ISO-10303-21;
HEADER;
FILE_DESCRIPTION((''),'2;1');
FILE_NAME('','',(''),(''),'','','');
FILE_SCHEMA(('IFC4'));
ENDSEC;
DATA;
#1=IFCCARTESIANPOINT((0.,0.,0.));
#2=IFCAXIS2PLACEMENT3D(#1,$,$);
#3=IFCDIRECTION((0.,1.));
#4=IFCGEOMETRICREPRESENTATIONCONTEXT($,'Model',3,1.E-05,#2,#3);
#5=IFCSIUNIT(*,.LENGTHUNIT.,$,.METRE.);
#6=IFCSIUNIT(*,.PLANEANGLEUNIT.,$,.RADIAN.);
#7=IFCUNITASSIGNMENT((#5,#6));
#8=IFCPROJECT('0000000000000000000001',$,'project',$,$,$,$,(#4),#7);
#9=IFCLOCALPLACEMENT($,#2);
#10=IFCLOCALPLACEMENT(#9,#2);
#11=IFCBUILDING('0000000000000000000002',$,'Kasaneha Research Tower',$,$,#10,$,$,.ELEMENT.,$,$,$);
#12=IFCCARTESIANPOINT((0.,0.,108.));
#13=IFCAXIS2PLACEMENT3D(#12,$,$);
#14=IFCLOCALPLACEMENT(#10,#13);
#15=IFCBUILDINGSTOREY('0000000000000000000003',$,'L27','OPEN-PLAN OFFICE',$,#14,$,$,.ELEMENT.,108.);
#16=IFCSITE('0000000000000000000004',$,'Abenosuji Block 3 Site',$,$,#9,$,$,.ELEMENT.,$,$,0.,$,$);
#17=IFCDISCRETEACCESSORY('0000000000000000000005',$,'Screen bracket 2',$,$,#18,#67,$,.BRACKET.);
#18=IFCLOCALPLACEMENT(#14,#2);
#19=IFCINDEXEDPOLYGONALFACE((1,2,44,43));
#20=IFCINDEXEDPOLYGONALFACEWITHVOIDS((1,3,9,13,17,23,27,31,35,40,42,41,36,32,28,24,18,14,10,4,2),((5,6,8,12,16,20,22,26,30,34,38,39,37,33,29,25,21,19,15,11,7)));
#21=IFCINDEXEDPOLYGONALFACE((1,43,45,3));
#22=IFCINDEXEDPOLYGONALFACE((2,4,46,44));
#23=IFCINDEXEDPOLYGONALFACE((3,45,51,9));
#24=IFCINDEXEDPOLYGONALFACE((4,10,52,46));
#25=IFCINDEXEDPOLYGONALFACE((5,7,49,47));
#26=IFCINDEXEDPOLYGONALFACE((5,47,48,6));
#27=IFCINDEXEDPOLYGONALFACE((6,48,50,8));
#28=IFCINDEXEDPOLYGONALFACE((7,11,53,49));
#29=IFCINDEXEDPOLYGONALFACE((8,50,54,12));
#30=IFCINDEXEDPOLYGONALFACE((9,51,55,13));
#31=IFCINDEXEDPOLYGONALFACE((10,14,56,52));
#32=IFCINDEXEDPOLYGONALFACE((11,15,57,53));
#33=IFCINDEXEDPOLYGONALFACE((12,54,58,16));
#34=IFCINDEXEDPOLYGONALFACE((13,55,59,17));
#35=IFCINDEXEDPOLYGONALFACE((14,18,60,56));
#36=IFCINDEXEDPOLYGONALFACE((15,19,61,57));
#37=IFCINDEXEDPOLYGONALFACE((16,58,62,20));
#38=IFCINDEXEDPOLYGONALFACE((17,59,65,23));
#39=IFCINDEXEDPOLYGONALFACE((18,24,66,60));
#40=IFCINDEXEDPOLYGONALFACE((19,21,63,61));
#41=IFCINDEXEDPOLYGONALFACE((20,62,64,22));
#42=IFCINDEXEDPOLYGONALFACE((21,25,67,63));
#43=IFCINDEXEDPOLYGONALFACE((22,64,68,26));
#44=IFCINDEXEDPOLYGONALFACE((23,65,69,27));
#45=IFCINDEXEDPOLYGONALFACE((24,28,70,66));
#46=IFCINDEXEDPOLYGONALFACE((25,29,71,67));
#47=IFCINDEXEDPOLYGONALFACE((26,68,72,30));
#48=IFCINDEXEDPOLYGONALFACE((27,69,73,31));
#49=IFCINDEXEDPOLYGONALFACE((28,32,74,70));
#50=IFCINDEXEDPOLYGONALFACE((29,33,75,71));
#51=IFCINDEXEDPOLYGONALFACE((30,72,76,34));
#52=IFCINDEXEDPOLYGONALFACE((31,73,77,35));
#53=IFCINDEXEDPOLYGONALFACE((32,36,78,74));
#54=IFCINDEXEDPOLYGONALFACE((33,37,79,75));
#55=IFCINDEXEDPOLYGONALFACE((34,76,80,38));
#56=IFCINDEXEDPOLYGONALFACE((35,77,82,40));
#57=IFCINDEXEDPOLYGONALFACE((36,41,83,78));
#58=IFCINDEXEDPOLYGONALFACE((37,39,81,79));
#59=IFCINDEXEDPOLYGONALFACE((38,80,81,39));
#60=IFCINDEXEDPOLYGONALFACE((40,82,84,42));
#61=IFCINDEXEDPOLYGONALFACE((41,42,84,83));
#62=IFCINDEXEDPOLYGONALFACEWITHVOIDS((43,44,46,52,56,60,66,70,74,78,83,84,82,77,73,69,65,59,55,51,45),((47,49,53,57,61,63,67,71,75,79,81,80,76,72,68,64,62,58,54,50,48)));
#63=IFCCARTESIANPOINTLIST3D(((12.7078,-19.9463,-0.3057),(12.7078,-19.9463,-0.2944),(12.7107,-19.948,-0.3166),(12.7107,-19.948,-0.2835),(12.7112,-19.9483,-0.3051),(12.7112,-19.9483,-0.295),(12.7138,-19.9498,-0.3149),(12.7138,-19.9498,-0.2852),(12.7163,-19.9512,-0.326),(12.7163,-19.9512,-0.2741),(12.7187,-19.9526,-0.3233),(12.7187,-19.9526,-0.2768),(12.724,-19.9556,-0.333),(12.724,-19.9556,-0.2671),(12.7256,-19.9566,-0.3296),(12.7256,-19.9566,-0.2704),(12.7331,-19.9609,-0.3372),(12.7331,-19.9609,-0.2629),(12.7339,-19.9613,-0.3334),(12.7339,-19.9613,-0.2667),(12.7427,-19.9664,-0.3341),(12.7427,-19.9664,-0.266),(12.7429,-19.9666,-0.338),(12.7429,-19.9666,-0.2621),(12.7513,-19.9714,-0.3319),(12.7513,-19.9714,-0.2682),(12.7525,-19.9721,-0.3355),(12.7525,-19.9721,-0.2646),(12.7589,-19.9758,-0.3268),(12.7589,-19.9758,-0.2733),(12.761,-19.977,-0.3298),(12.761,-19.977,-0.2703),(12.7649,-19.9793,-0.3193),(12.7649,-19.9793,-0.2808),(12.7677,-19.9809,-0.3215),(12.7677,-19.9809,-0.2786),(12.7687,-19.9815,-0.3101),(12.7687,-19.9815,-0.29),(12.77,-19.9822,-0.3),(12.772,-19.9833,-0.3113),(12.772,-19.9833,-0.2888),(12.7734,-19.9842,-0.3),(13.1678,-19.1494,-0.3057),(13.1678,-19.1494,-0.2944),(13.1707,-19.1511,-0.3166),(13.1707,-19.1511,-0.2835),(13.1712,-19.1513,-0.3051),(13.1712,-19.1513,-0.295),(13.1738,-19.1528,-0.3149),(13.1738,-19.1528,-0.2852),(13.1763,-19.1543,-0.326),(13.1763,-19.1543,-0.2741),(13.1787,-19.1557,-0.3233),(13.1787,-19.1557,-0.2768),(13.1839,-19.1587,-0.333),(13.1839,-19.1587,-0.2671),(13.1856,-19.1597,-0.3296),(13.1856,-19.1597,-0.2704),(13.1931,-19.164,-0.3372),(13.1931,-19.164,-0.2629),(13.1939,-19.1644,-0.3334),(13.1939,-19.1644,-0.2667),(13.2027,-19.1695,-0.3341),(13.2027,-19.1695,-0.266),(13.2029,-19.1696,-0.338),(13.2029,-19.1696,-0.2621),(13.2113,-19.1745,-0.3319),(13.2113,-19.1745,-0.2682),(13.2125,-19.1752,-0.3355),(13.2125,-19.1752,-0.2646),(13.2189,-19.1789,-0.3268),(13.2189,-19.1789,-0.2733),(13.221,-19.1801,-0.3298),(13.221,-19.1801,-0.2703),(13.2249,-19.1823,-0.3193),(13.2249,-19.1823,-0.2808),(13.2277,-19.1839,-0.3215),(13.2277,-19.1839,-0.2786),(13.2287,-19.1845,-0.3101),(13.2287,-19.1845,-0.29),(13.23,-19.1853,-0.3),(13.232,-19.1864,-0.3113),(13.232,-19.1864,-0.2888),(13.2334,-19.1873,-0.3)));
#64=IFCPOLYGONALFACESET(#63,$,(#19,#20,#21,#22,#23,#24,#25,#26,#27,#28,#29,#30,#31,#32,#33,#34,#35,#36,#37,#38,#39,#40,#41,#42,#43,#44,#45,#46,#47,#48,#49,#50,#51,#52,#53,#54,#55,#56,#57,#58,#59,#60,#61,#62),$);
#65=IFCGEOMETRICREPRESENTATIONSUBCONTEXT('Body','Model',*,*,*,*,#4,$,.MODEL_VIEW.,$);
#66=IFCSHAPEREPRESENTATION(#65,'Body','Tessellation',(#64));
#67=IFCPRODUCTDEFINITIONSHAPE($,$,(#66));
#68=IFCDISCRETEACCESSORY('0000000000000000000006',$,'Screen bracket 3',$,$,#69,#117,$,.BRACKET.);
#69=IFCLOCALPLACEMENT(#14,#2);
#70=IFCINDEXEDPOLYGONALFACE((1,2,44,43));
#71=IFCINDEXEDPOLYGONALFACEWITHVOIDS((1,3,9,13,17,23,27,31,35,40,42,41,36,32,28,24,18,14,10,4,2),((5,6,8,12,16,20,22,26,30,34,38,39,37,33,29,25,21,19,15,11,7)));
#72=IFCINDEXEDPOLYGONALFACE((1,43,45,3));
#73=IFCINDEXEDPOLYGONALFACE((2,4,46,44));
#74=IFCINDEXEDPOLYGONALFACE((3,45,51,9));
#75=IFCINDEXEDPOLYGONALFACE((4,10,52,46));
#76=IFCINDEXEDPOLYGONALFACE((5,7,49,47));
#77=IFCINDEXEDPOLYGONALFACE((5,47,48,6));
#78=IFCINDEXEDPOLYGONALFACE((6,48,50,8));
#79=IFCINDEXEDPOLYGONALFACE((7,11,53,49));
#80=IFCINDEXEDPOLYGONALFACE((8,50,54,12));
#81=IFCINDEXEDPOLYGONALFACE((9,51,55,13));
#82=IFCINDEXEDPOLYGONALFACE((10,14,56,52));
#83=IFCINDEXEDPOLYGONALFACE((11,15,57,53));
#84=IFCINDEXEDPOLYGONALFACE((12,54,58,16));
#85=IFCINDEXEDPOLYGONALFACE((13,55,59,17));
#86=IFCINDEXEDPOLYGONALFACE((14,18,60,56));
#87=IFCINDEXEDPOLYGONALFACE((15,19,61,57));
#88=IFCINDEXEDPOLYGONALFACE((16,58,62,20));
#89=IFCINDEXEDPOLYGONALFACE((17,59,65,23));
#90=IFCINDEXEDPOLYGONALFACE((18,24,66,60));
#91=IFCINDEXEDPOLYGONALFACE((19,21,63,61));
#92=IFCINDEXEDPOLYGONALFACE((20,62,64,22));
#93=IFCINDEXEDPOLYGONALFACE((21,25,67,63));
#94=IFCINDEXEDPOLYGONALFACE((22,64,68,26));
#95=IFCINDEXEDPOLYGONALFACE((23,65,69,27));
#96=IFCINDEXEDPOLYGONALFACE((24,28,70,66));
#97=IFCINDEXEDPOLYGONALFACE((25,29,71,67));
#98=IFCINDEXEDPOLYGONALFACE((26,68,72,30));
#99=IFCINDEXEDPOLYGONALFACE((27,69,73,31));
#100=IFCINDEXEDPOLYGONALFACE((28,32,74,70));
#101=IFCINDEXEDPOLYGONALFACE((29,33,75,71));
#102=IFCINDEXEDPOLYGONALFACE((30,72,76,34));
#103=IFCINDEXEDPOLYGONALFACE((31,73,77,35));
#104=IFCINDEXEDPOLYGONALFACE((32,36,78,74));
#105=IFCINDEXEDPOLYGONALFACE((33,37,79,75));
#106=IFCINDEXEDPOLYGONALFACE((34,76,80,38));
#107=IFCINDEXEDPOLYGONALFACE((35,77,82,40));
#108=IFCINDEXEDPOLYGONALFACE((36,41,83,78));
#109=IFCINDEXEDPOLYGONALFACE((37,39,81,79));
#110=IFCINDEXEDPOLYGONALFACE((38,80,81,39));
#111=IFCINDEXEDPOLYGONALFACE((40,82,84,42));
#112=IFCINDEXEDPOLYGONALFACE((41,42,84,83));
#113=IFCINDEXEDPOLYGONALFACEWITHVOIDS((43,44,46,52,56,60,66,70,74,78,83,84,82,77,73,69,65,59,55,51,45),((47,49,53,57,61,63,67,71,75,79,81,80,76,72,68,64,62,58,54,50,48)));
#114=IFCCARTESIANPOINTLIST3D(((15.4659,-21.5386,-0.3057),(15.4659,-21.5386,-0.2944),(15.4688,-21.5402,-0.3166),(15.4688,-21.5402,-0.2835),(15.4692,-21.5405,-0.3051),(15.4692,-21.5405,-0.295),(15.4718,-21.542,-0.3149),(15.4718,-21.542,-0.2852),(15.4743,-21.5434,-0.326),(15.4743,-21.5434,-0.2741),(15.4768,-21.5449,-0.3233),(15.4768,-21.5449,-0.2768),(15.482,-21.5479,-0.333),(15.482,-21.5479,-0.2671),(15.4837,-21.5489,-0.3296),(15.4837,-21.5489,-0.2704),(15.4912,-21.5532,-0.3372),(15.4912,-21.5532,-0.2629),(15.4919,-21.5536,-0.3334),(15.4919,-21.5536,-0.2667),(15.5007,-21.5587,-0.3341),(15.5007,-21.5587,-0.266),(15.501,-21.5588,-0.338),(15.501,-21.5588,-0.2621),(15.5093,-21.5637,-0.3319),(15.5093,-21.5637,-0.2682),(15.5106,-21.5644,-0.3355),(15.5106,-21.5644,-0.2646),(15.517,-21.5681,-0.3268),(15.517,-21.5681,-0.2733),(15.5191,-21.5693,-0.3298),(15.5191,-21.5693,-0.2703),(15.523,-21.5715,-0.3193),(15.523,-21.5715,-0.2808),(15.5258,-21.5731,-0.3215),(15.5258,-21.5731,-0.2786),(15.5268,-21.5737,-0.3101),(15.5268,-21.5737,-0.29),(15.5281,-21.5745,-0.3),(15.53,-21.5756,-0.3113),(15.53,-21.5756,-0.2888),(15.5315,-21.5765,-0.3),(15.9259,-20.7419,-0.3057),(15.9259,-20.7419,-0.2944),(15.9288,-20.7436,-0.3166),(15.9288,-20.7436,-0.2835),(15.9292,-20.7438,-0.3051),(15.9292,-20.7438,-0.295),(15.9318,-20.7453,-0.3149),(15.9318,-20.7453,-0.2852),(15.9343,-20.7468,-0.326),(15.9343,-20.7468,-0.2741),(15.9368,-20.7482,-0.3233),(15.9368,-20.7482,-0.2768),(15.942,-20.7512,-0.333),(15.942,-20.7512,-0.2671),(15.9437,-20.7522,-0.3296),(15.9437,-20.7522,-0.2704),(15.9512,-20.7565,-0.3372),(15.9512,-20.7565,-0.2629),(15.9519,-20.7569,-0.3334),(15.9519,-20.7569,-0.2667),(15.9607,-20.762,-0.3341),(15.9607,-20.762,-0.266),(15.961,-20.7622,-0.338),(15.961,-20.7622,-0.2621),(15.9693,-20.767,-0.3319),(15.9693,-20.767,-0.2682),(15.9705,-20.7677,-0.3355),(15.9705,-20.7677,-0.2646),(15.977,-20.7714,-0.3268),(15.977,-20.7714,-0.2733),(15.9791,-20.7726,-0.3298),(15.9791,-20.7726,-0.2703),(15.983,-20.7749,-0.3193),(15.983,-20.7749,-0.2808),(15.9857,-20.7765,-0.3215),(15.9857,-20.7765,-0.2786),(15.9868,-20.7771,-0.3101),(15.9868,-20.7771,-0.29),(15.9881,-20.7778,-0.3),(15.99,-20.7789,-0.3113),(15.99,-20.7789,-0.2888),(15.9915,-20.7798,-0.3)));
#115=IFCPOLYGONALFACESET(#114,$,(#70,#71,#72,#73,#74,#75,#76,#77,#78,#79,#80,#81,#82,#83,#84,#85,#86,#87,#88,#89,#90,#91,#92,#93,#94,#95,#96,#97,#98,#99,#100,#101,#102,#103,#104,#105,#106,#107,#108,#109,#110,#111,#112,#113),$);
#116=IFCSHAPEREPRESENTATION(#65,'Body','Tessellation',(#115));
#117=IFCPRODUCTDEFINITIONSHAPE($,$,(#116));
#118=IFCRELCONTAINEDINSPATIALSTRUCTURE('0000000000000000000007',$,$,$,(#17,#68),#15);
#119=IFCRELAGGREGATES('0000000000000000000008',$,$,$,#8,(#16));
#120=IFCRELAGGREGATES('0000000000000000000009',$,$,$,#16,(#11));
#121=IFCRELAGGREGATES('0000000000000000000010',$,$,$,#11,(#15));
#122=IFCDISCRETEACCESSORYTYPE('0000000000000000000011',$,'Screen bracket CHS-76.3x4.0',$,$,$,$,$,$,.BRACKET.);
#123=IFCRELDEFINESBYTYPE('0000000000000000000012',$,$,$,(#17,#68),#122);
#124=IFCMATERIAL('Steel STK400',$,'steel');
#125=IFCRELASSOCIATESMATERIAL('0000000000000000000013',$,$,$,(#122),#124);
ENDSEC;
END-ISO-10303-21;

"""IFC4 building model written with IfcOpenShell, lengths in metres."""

from ifc_helpers import new_model, si_unit, direction, frame, origin, origin_2d, place, context, subcontext, project, spatial, hollow_circle, extrude, material, material_profile, profile_set, type_object, element, save


model = new_model("IFC4")

# Units and contexts
model_context = context("Model", 3, precision=1e-05, world=origin(), true_north=direction((0.0, 1.0)))
body_context = subcontext(model_context, "Body", "Model", "MODEL_VIEW")
ifc_project = project(units=[si_unit("LENGTHUNIT", "METRE"), si_unit("PLANEANGLEUNIT", "RADIAN")], contexts=[model_context])

# Site, building, storey
site_placement = place(None, origin())
site = spatial("IfcSite", under=ifc_project, at=site_placement, Name="Abenosuji Block 3 Site", CompositionType="ELEMENT", RefElevation=0.0)
building_placement = place(site_placement, origin())
building = spatial("IfcBuilding", under=site, at=building_placement, Name="Kasaneha Research Tower", CompositionType="ELEMENT")
storey_placement = place(building_placement, frame((0.0, 0.0, 108.0)))
storey = spatial("IfcBuildingStorey", under=building, at=storey_placement, Name="L27", Description="OPEN-PLAN OFFICE", CompositionType="ELEMENT", Elevation=108.0)

# Discrete accessories
ifc_material_1 = material(Name="Steel STK400", Category="steel")
ifc_material_profile_1 = material_profile(ifc_material_1, hollow_circle(Radius=0.0381, WallThickness=0.0039, at=origin_2d()), Name="CHS-76.3x4.0")
ifc_profile_set_1 = profile_set([ifc_material_profile_1], Name="Steel STK400")
discrete_accessory_type = type_object("IfcDiscreteAccessoryType", Name="Screen bracket CHS-76.3x4.0", PredefinedType="BRACKET", material=ifc_profile_set_1)
discrete_accessory_1_placement = place(storey_placement, frame((13.2004, -19.1682, -0.3), z_axis=(-0.499906, -0.86608, 0.0), x_axis=(0.86608, -0.499906, 0.0)))
element("IfcDiscreteAccessory", 1, at=discrete_accessory_1_placement, inside=storey, type_object=discrete_accessory_type, Name="Screen bracket 2", PredefinedType="BRACKET", context=body_context, shape_type="SweptSolid", body=[
    extrude(hollow_circle(Radius=0.0381, WallThickness=0.0039, at=origin_2d()), origin(), (0.0, 0.0, 1.0), 0.9202),
])
discrete_accessory_2_placement = place(storey_placement, frame((15.9585, -20.7607, -0.3), z_axis=(-0.500021, -0.866013, 0.0), x_axis=(0.866013, -0.500021, 0.0)))
element("IfcDiscreteAccessory", 2, at=discrete_accessory_2_placement, inside=storey, type_object=discrete_accessory_type, Name="Screen bracket 3", PredefinedType="BRACKET", context=body_context, shape_type="SweptSolid", body=[
    extrude(hollow_circle(Radius=0.0381, WallThickness=0.0039, at=origin_2d()), origin(), (0.0, 0.0, 1.0), 0.9199),
])

save(model, "model.ifc")
